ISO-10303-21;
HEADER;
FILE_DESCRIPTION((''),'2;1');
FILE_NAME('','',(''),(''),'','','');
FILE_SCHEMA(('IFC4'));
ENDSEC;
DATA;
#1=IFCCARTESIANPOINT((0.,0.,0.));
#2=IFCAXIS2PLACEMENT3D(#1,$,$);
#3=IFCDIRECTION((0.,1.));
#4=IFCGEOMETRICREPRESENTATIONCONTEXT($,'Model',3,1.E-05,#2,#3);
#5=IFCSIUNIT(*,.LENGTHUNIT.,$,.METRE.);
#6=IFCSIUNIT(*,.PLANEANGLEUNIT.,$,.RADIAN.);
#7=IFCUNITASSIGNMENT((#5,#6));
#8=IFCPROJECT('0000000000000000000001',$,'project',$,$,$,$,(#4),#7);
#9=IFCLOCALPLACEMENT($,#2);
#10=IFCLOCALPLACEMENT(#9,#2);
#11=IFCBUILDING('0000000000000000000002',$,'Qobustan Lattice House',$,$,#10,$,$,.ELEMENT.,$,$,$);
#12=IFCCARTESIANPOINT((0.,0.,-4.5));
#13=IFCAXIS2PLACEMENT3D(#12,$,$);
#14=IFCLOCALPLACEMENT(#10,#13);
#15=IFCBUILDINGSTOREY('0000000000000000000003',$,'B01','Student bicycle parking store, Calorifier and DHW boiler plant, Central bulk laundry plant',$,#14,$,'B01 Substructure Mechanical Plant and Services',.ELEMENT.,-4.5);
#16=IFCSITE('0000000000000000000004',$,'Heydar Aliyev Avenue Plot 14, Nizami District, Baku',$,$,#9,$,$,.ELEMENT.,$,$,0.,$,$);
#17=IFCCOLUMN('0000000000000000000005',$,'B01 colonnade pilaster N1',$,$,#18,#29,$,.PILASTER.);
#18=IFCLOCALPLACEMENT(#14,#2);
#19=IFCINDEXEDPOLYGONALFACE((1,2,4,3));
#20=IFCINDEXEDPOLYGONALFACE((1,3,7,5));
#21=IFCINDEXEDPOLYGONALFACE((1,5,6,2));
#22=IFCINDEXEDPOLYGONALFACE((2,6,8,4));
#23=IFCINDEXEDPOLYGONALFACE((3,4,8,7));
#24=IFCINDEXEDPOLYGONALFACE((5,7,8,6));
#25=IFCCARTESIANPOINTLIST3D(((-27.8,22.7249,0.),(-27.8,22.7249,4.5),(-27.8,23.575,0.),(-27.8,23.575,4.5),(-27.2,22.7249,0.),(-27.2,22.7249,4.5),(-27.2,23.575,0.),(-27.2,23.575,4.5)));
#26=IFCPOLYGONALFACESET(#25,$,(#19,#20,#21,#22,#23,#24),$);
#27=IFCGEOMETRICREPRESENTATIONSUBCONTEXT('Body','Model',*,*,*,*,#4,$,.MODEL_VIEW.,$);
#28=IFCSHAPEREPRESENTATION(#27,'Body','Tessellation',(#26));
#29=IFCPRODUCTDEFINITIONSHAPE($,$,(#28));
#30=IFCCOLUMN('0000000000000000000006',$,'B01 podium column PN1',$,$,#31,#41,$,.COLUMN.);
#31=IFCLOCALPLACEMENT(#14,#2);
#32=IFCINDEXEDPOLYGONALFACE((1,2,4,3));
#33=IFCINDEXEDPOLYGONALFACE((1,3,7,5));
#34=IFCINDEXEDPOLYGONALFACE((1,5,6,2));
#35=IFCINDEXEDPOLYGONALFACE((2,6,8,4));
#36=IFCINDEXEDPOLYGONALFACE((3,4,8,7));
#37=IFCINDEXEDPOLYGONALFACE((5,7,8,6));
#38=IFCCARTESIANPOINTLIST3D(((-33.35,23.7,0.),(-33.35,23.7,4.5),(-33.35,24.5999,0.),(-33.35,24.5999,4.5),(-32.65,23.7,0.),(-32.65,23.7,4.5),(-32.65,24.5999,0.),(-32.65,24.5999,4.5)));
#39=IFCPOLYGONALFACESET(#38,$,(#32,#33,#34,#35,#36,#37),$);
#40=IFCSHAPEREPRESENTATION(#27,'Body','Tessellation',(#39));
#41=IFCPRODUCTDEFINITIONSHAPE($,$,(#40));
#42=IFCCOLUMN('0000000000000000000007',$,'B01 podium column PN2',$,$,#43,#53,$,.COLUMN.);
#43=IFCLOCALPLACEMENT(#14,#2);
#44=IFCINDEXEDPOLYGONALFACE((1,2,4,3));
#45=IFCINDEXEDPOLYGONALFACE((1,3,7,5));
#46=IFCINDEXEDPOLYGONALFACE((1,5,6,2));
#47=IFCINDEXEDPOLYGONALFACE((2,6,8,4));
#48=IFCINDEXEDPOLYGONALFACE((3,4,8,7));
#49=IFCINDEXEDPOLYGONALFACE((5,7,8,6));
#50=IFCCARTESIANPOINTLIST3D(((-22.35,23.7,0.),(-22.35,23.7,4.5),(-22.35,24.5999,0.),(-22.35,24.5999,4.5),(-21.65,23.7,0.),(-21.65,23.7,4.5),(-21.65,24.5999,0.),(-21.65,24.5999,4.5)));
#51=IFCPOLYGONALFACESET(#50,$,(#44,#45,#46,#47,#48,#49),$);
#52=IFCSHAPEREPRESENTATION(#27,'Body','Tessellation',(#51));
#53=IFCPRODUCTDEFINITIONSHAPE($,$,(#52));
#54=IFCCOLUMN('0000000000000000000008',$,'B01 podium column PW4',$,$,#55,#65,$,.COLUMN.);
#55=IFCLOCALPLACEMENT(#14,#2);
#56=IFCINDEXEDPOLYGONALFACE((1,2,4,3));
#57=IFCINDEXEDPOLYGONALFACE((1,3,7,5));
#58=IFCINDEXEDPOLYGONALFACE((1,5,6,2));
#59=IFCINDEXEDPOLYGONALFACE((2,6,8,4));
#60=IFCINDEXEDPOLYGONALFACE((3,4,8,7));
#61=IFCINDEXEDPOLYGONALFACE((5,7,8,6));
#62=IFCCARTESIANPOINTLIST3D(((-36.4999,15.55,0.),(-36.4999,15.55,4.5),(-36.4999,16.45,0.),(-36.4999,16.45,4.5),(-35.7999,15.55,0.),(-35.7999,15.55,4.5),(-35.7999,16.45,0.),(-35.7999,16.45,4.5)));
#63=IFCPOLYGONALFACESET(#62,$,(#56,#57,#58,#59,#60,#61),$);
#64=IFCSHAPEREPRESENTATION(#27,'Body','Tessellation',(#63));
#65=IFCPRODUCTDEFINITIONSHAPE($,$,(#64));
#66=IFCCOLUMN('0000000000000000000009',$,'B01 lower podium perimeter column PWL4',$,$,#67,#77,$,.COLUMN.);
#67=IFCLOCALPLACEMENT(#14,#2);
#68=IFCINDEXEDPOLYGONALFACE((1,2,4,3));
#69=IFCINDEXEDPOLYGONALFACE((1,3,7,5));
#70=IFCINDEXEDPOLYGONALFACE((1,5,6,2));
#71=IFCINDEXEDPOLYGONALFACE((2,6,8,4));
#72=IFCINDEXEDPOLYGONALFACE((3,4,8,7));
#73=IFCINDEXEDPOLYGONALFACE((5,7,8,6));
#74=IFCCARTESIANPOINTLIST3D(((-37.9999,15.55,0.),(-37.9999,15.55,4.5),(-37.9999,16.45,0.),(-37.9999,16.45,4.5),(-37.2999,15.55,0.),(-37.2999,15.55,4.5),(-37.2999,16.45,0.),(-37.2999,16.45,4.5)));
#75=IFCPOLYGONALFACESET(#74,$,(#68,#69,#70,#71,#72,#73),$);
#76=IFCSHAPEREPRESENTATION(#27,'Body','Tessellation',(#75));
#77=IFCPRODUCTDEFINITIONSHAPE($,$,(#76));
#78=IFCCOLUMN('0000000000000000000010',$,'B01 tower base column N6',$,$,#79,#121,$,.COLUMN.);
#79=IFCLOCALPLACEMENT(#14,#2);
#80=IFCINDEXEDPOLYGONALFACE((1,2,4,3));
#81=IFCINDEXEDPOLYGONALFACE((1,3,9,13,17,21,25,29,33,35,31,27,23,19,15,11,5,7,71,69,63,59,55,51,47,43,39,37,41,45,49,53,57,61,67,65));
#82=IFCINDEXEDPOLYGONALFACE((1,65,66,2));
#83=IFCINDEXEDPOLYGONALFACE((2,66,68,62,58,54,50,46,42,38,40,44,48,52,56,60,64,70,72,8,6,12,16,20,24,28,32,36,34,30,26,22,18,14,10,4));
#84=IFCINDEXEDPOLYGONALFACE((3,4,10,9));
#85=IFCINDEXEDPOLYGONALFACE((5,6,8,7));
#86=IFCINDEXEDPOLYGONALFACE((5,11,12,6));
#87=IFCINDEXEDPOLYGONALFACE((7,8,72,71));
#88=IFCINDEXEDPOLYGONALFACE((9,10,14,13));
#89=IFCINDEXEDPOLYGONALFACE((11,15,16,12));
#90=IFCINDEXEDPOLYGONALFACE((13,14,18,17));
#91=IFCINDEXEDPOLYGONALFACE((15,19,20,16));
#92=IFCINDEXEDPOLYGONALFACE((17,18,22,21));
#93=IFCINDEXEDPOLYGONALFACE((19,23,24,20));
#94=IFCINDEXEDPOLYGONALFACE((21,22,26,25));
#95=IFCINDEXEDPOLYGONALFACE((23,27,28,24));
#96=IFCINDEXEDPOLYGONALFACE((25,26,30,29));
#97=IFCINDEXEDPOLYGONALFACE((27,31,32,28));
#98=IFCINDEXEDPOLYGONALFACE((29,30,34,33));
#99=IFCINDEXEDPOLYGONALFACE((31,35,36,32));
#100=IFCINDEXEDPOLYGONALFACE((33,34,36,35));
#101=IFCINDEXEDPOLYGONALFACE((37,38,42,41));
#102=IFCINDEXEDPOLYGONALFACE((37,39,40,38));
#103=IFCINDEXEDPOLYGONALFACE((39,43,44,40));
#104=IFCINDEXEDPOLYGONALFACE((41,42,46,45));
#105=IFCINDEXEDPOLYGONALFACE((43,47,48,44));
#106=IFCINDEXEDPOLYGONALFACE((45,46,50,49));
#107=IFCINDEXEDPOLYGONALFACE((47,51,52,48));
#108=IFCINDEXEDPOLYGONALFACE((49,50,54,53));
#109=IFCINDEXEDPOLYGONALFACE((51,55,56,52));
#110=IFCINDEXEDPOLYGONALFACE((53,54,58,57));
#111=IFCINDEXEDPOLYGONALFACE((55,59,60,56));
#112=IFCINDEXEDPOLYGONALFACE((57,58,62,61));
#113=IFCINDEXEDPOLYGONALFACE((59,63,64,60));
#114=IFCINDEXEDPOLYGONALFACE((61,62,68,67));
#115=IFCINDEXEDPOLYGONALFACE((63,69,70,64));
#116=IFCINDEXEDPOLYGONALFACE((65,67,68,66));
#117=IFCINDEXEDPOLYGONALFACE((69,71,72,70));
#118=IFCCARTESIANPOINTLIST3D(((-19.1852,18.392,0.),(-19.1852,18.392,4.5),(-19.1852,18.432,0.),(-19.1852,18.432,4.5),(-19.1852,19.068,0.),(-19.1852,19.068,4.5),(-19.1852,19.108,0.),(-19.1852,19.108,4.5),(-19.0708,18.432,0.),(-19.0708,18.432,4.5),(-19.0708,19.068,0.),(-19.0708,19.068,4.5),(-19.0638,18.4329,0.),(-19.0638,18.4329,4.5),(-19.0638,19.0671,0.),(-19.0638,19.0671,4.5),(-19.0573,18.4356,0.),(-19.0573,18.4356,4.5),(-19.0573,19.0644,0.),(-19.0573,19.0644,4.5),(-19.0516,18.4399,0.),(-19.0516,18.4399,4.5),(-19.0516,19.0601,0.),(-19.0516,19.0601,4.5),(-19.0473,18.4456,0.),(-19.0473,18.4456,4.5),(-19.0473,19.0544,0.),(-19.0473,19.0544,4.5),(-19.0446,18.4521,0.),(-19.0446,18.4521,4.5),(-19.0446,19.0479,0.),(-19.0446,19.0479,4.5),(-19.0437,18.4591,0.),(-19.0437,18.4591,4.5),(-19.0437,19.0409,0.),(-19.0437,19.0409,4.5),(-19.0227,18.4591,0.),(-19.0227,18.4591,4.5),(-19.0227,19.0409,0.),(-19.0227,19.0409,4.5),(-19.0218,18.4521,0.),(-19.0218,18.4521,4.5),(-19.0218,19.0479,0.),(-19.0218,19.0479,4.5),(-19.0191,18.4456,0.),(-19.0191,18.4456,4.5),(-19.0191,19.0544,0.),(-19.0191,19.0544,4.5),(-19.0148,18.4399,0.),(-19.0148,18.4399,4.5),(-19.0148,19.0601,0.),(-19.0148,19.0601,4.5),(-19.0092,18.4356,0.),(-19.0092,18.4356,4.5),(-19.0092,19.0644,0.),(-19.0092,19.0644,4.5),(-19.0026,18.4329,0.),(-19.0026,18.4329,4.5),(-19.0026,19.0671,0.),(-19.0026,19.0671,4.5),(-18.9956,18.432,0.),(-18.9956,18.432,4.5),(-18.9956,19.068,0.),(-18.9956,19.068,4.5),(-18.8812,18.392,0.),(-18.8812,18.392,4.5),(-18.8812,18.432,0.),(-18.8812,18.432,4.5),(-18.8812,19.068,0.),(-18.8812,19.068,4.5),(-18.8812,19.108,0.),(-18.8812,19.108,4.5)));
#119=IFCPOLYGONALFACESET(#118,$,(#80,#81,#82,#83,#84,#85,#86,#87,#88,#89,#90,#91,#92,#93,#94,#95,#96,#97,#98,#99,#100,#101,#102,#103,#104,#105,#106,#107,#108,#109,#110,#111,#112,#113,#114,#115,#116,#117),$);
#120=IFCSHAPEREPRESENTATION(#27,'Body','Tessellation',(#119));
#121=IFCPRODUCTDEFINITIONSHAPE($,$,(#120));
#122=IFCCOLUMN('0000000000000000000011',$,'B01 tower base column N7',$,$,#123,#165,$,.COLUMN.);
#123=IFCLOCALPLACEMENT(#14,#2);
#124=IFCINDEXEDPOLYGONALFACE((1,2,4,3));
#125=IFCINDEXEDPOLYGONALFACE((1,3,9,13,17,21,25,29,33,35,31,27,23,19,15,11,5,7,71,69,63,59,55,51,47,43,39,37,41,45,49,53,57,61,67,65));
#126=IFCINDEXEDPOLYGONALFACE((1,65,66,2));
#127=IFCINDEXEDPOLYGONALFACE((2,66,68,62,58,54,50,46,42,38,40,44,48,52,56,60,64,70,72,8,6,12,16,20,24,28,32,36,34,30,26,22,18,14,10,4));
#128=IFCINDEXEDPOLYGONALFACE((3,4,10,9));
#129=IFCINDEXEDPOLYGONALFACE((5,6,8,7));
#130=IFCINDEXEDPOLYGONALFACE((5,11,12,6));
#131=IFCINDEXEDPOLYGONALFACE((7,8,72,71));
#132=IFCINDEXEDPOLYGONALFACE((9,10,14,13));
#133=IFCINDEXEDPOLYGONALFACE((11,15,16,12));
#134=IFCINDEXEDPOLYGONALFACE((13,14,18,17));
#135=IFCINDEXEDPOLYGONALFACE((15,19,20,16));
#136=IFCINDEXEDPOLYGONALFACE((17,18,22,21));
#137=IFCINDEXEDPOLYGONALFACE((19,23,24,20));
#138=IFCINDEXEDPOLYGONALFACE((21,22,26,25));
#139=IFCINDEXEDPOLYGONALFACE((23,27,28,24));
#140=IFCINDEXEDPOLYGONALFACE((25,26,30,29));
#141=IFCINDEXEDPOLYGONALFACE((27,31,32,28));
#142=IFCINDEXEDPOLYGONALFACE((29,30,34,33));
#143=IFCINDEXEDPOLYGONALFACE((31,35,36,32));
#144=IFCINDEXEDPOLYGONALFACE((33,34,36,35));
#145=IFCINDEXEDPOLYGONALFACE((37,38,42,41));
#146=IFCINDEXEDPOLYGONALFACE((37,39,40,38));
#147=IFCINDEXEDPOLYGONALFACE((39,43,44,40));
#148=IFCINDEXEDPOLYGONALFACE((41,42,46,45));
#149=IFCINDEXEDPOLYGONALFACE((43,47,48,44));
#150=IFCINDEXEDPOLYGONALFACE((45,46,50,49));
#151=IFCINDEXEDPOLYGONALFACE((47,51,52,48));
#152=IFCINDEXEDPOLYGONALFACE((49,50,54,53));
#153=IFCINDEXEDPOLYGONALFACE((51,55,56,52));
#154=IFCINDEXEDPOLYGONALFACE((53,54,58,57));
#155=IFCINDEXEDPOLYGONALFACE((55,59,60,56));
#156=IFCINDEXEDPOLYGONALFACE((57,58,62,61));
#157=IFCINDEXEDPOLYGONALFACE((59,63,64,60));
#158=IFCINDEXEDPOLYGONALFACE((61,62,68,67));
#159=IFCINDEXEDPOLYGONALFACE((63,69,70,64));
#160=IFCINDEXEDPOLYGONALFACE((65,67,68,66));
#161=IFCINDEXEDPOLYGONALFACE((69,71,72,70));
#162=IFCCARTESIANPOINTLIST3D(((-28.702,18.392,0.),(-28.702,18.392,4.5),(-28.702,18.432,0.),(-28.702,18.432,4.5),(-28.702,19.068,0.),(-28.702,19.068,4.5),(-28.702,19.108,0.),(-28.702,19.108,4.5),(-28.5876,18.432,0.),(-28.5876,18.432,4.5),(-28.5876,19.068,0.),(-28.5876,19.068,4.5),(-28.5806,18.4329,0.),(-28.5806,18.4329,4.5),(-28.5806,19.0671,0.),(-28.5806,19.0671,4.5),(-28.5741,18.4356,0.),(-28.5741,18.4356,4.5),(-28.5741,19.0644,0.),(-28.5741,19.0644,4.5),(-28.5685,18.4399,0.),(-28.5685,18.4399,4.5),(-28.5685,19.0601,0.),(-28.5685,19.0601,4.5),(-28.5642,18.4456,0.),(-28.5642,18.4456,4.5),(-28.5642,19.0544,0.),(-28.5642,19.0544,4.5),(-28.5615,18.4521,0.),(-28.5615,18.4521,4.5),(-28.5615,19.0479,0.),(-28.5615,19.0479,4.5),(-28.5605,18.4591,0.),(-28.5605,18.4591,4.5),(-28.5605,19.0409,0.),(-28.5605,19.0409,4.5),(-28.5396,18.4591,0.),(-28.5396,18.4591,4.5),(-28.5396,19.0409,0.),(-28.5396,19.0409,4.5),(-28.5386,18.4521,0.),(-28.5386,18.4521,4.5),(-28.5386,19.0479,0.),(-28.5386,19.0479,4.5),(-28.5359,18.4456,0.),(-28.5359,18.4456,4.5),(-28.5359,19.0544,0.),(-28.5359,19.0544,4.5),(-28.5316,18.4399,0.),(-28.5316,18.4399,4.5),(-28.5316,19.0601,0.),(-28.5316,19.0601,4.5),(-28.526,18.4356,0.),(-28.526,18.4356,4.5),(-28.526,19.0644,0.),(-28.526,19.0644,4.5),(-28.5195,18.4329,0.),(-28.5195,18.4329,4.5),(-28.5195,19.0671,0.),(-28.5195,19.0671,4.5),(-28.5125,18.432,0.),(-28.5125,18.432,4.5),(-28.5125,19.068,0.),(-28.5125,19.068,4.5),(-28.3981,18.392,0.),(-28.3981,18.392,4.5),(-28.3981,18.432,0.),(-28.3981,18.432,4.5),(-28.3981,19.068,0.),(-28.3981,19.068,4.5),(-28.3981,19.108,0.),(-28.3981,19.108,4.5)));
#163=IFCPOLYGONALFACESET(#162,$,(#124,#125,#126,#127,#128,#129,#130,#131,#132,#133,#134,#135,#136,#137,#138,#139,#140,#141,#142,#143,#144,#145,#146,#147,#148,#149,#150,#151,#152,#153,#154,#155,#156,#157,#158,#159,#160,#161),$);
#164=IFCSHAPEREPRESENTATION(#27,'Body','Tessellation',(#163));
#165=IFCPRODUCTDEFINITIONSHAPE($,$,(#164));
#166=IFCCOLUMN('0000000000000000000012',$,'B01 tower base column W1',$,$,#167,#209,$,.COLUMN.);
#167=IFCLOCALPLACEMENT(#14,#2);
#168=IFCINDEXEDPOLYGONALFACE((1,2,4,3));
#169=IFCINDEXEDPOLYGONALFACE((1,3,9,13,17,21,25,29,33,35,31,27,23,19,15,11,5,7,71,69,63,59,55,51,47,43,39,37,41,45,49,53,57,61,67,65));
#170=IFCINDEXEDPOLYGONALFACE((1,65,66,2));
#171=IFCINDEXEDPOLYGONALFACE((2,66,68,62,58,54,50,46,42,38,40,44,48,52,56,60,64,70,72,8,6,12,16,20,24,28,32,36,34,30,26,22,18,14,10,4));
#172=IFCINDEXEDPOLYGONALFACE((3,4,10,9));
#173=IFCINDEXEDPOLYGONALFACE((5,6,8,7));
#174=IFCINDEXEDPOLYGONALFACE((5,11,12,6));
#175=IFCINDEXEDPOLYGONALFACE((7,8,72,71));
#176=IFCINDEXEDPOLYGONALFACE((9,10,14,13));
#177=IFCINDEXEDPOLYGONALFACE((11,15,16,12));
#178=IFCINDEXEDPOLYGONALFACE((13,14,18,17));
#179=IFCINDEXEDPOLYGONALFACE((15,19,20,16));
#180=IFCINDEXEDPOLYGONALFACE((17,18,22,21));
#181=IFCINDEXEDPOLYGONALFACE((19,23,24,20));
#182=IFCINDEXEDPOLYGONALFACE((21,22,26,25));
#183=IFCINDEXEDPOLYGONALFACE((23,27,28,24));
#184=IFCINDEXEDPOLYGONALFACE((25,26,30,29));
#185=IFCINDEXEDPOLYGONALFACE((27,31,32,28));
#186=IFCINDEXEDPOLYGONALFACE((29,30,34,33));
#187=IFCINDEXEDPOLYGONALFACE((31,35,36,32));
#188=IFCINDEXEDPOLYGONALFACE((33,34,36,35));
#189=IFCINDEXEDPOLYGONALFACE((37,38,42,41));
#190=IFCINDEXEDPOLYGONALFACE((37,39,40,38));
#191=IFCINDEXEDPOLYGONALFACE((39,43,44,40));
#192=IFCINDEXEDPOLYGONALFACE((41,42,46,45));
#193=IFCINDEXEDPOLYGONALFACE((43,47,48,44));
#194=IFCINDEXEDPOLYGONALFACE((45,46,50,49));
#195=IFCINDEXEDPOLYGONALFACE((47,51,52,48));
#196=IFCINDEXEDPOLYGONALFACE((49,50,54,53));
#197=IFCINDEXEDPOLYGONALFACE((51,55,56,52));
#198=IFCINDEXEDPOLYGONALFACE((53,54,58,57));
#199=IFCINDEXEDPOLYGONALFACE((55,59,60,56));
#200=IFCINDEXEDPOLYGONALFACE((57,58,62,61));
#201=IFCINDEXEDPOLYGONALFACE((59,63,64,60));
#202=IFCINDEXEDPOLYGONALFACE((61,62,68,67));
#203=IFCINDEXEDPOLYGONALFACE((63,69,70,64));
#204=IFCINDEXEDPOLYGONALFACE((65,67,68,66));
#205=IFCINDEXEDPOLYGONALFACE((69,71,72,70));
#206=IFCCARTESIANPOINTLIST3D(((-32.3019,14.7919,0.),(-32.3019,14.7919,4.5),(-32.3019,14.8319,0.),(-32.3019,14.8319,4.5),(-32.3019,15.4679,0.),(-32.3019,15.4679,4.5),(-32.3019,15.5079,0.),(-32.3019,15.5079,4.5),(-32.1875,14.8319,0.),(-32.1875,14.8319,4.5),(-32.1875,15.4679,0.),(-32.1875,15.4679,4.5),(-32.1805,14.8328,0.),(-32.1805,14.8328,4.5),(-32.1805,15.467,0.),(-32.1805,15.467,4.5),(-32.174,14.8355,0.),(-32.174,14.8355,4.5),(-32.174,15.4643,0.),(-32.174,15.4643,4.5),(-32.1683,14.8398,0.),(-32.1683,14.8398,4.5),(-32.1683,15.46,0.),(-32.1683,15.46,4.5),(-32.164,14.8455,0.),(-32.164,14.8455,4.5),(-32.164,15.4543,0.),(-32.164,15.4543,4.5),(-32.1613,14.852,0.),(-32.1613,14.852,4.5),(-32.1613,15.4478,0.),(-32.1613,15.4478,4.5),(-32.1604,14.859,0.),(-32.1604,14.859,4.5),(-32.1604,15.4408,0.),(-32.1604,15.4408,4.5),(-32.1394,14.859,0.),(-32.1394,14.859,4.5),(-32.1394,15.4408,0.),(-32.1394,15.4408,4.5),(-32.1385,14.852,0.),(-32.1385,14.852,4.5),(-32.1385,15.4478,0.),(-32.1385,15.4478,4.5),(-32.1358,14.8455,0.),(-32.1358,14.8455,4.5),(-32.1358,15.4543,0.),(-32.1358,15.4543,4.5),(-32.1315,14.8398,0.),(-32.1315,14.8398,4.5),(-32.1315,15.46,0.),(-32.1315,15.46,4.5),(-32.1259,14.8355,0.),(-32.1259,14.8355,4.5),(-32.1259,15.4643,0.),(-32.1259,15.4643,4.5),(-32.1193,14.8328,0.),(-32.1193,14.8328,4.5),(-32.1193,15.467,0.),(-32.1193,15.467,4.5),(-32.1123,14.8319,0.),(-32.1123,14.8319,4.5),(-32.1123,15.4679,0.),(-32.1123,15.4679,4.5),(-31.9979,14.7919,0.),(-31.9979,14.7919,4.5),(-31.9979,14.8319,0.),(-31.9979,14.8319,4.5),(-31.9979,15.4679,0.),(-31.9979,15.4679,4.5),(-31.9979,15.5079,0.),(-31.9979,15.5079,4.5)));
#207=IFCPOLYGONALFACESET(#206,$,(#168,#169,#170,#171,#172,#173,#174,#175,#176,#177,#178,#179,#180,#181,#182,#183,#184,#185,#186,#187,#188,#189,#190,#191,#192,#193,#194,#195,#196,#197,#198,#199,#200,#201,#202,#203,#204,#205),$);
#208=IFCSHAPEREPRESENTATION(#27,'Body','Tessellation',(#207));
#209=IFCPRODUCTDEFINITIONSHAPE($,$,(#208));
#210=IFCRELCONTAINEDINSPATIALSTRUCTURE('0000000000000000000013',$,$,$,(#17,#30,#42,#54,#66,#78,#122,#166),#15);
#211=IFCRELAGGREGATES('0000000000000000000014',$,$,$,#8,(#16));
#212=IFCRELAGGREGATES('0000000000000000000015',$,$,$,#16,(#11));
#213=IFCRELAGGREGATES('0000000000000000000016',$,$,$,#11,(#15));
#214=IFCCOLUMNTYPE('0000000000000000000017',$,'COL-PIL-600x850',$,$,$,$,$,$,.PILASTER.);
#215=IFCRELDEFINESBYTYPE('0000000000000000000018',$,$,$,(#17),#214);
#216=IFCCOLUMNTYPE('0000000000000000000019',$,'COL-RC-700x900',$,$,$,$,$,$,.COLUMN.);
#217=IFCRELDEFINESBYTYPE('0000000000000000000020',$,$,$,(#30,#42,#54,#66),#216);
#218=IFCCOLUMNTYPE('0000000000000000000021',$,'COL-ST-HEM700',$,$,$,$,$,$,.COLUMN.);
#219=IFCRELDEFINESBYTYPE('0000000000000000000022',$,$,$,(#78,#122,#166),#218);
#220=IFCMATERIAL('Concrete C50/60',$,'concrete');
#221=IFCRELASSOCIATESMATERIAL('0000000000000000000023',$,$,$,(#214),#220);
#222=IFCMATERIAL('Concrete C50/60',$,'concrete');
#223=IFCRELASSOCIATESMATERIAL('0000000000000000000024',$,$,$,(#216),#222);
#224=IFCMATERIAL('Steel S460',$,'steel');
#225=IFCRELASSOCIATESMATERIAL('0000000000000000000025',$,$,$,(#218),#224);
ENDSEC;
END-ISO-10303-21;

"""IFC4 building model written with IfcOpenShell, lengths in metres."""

from ifc_helpers import new_model, si_unit, direction, frame, origin, origin_2d, place, context, subcontext, project, spatial, rectangle, i_section, extrude, material, material_profile, profile_set, type_object, element, save


model = new_model("IFC4")

# Units and contexts
model_context = context("Model", 3, precision=1e-05, world=origin(), true_north=direction((0.0, 1.0)))
body_context = subcontext(model_context, "Body", "Model", "MODEL_VIEW")
ifc_project = project(units=[si_unit("LENGTHUNIT", "METRE"), si_unit("PLANEANGLEUNIT", "RADIAN")], contexts=[model_context])

# Site, building, storey
site_placement = place(None, origin())
site = spatial("IfcSite", under=ifc_project, at=site_placement, Name="Heydar Aliyev Avenue Plot 14, Nizami District, Baku", CompositionType="ELEMENT", RefElevation=0.0)
building_placement = place(site_placement, origin())
building = spatial("IfcBuilding", under=site, at=building_placement, Name="Qobustan Lattice House", CompositionType="ELEMENT")
storey_placement = place(building_placement, frame((0.0, 0.0, -4.5)))
storey = spatial("IfcBuildingStorey", under=building, at=storey_placement, Name="B01", Description="Student bicycle parking store, Calorifier and DHW boiler plant, Central bulk laundry plant", LongName="B01 Substructure Mechanical Plant and Services", CompositionType="ELEMENT", Elevation=-4.5)

# Columns
ifc_material_1 = material(Name="Concrete C50/60", Category="concrete")
ifc_material_profile_1 = material_profile(ifc_material_1, rectangle(XDim=0.6001, YDim=0.8501, at=origin_2d()), Name="RC600x850")
ifc_profile_set_1 = profile_set([ifc_material_profile_1], Name="Concrete C50/60")
column_type_1 = type_object("IfcColumnType", Name="COL-PIL-600x850", PredefinedType="PILASTER", material=ifc_profile_set_1)
column_placement = place(storey_placement, frame((-27.5, 23.1499, 0.0), z_axis=(0.0, 0.0, 1.0), x_axis=(1.0, 0.0, 0.0)))
element("IfcColumn", 1, at=column_placement, inside=storey, type_object=column_type_1, Name="B01 colonnade pilaster N1", PredefinedType="PILASTER", context=body_context, shape_type="SweptSolid", body=[
    extrude(rectangle(XDim=0.6001, YDim=0.8501, at=origin_2d()), origin(), (0.0, 0.0, 1.0), 4.5),
])
ifc_material_2 = material(Name="Concrete C50/60", Category="concrete")
ifc_material_profile_2 = material_profile(ifc_material_2, rectangle(XDim=0.7, YDim=0.8999, at=origin_2d()), Name="RC700x900")
ifc_profile_set_2 = profile_set([ifc_material_profile_2], Name="Concrete C50/60")
column_type_2 = type_object("IfcColumnType", Name="COL-RC-700x900", PredefinedType="COLUMN", material=ifc_profile_set_2)
for number, where, z_axis, x_axis, name in (
    (2, (-33.0, 24.1499, 0.0), (0.0, 0.0, 1.0), (1.0, 0.0, 0.0), "B01 podium column PN1"),
    (3, (-22.0, 24.1499, 0.0), (0.0, 0.0, 1.0), (1.0, 0.0, 0.0), "B01 podium column PN2"),
    (4, (-36.1499, 16.0, 0.0), (0.0, 0.0, 1.0), (1.0, 0.0, 0.0), "B01 podium column PW4"),
    (5, (-37.6499, 16.0, 0.0), (0.0, 0.0, 1.0), (1.0, 0.0, 0.0), "B01 lower podium perimeter column PWL4"),
):
    element("IfcColumn", number, at=place(storey_placement, frame(where, z_axis=z_axis, x_axis=x_axis)), inside=storey, type_object=column_type_2, Name=name, PredefinedType="COLUMN", context=body_context, shape_type="SweptSolid", body=[
        extrude(rectangle(XDim=0.7, YDim=0.8999, at=origin_2d()), origin(), (0.0, 0.0, 1.0), 4.5),
    ])
ifc_material_3 = material(Name="Steel S460", Category="steel")
ifc_material_profile_3 = material_profile(ifc_material_3, i_section(OverallWidth=0.304, OverallDepth=0.7161, WebThickness=0.021, FlangeThickness=0.04, FilletRadius=0.0271, at=origin_2d()), Name="HEM700")
ifc_profile_set_3 = profile_set([ifc_material_profile_3], Name="Steel S460")
column_type_3 = type_object("IfcColumnType", Name="COL-ST-HEM700", PredefinedType="COLUMN", material=ifc_profile_set_3)
for number, where, z_axis, x_axis, name in (
    (6, (-19.0332, 18.75, 0.0), (0.0, 0.0, 1.0), (1.0, 0.0, 0.0), "B01 tower base column N6"),
    (7, (-28.55, 18.75, 0.0), (0.0, 0.0, 1.0), (1.0, 0.0, 0.0), "B01 tower base column N7"),
    (8, (-32.1499, 15.1499, 0.0), (0.0, 0.0, 1.0), (1.0, 0.0, 0.0), "B01 tower base column W1"),
):
    element("IfcColumn", number, at=place(storey_placement, frame(where, z_axis=z_axis, x_axis=x_axis)), inside=storey, type_object=column_type_3, Name=name, PredefinedType="COLUMN", context=body_context, shape_type="SweptSolid", body=[
        extrude(i_section(OverallWidth=0.304, OverallDepth=0.7161, WebThickness=0.021, FlangeThickness=0.04, FilletRadius=0.0271, at=origin_2d()), origin(), (0.0, 0.0, 1.0), 4.5),
    ])

save(model, "model.ifc")
